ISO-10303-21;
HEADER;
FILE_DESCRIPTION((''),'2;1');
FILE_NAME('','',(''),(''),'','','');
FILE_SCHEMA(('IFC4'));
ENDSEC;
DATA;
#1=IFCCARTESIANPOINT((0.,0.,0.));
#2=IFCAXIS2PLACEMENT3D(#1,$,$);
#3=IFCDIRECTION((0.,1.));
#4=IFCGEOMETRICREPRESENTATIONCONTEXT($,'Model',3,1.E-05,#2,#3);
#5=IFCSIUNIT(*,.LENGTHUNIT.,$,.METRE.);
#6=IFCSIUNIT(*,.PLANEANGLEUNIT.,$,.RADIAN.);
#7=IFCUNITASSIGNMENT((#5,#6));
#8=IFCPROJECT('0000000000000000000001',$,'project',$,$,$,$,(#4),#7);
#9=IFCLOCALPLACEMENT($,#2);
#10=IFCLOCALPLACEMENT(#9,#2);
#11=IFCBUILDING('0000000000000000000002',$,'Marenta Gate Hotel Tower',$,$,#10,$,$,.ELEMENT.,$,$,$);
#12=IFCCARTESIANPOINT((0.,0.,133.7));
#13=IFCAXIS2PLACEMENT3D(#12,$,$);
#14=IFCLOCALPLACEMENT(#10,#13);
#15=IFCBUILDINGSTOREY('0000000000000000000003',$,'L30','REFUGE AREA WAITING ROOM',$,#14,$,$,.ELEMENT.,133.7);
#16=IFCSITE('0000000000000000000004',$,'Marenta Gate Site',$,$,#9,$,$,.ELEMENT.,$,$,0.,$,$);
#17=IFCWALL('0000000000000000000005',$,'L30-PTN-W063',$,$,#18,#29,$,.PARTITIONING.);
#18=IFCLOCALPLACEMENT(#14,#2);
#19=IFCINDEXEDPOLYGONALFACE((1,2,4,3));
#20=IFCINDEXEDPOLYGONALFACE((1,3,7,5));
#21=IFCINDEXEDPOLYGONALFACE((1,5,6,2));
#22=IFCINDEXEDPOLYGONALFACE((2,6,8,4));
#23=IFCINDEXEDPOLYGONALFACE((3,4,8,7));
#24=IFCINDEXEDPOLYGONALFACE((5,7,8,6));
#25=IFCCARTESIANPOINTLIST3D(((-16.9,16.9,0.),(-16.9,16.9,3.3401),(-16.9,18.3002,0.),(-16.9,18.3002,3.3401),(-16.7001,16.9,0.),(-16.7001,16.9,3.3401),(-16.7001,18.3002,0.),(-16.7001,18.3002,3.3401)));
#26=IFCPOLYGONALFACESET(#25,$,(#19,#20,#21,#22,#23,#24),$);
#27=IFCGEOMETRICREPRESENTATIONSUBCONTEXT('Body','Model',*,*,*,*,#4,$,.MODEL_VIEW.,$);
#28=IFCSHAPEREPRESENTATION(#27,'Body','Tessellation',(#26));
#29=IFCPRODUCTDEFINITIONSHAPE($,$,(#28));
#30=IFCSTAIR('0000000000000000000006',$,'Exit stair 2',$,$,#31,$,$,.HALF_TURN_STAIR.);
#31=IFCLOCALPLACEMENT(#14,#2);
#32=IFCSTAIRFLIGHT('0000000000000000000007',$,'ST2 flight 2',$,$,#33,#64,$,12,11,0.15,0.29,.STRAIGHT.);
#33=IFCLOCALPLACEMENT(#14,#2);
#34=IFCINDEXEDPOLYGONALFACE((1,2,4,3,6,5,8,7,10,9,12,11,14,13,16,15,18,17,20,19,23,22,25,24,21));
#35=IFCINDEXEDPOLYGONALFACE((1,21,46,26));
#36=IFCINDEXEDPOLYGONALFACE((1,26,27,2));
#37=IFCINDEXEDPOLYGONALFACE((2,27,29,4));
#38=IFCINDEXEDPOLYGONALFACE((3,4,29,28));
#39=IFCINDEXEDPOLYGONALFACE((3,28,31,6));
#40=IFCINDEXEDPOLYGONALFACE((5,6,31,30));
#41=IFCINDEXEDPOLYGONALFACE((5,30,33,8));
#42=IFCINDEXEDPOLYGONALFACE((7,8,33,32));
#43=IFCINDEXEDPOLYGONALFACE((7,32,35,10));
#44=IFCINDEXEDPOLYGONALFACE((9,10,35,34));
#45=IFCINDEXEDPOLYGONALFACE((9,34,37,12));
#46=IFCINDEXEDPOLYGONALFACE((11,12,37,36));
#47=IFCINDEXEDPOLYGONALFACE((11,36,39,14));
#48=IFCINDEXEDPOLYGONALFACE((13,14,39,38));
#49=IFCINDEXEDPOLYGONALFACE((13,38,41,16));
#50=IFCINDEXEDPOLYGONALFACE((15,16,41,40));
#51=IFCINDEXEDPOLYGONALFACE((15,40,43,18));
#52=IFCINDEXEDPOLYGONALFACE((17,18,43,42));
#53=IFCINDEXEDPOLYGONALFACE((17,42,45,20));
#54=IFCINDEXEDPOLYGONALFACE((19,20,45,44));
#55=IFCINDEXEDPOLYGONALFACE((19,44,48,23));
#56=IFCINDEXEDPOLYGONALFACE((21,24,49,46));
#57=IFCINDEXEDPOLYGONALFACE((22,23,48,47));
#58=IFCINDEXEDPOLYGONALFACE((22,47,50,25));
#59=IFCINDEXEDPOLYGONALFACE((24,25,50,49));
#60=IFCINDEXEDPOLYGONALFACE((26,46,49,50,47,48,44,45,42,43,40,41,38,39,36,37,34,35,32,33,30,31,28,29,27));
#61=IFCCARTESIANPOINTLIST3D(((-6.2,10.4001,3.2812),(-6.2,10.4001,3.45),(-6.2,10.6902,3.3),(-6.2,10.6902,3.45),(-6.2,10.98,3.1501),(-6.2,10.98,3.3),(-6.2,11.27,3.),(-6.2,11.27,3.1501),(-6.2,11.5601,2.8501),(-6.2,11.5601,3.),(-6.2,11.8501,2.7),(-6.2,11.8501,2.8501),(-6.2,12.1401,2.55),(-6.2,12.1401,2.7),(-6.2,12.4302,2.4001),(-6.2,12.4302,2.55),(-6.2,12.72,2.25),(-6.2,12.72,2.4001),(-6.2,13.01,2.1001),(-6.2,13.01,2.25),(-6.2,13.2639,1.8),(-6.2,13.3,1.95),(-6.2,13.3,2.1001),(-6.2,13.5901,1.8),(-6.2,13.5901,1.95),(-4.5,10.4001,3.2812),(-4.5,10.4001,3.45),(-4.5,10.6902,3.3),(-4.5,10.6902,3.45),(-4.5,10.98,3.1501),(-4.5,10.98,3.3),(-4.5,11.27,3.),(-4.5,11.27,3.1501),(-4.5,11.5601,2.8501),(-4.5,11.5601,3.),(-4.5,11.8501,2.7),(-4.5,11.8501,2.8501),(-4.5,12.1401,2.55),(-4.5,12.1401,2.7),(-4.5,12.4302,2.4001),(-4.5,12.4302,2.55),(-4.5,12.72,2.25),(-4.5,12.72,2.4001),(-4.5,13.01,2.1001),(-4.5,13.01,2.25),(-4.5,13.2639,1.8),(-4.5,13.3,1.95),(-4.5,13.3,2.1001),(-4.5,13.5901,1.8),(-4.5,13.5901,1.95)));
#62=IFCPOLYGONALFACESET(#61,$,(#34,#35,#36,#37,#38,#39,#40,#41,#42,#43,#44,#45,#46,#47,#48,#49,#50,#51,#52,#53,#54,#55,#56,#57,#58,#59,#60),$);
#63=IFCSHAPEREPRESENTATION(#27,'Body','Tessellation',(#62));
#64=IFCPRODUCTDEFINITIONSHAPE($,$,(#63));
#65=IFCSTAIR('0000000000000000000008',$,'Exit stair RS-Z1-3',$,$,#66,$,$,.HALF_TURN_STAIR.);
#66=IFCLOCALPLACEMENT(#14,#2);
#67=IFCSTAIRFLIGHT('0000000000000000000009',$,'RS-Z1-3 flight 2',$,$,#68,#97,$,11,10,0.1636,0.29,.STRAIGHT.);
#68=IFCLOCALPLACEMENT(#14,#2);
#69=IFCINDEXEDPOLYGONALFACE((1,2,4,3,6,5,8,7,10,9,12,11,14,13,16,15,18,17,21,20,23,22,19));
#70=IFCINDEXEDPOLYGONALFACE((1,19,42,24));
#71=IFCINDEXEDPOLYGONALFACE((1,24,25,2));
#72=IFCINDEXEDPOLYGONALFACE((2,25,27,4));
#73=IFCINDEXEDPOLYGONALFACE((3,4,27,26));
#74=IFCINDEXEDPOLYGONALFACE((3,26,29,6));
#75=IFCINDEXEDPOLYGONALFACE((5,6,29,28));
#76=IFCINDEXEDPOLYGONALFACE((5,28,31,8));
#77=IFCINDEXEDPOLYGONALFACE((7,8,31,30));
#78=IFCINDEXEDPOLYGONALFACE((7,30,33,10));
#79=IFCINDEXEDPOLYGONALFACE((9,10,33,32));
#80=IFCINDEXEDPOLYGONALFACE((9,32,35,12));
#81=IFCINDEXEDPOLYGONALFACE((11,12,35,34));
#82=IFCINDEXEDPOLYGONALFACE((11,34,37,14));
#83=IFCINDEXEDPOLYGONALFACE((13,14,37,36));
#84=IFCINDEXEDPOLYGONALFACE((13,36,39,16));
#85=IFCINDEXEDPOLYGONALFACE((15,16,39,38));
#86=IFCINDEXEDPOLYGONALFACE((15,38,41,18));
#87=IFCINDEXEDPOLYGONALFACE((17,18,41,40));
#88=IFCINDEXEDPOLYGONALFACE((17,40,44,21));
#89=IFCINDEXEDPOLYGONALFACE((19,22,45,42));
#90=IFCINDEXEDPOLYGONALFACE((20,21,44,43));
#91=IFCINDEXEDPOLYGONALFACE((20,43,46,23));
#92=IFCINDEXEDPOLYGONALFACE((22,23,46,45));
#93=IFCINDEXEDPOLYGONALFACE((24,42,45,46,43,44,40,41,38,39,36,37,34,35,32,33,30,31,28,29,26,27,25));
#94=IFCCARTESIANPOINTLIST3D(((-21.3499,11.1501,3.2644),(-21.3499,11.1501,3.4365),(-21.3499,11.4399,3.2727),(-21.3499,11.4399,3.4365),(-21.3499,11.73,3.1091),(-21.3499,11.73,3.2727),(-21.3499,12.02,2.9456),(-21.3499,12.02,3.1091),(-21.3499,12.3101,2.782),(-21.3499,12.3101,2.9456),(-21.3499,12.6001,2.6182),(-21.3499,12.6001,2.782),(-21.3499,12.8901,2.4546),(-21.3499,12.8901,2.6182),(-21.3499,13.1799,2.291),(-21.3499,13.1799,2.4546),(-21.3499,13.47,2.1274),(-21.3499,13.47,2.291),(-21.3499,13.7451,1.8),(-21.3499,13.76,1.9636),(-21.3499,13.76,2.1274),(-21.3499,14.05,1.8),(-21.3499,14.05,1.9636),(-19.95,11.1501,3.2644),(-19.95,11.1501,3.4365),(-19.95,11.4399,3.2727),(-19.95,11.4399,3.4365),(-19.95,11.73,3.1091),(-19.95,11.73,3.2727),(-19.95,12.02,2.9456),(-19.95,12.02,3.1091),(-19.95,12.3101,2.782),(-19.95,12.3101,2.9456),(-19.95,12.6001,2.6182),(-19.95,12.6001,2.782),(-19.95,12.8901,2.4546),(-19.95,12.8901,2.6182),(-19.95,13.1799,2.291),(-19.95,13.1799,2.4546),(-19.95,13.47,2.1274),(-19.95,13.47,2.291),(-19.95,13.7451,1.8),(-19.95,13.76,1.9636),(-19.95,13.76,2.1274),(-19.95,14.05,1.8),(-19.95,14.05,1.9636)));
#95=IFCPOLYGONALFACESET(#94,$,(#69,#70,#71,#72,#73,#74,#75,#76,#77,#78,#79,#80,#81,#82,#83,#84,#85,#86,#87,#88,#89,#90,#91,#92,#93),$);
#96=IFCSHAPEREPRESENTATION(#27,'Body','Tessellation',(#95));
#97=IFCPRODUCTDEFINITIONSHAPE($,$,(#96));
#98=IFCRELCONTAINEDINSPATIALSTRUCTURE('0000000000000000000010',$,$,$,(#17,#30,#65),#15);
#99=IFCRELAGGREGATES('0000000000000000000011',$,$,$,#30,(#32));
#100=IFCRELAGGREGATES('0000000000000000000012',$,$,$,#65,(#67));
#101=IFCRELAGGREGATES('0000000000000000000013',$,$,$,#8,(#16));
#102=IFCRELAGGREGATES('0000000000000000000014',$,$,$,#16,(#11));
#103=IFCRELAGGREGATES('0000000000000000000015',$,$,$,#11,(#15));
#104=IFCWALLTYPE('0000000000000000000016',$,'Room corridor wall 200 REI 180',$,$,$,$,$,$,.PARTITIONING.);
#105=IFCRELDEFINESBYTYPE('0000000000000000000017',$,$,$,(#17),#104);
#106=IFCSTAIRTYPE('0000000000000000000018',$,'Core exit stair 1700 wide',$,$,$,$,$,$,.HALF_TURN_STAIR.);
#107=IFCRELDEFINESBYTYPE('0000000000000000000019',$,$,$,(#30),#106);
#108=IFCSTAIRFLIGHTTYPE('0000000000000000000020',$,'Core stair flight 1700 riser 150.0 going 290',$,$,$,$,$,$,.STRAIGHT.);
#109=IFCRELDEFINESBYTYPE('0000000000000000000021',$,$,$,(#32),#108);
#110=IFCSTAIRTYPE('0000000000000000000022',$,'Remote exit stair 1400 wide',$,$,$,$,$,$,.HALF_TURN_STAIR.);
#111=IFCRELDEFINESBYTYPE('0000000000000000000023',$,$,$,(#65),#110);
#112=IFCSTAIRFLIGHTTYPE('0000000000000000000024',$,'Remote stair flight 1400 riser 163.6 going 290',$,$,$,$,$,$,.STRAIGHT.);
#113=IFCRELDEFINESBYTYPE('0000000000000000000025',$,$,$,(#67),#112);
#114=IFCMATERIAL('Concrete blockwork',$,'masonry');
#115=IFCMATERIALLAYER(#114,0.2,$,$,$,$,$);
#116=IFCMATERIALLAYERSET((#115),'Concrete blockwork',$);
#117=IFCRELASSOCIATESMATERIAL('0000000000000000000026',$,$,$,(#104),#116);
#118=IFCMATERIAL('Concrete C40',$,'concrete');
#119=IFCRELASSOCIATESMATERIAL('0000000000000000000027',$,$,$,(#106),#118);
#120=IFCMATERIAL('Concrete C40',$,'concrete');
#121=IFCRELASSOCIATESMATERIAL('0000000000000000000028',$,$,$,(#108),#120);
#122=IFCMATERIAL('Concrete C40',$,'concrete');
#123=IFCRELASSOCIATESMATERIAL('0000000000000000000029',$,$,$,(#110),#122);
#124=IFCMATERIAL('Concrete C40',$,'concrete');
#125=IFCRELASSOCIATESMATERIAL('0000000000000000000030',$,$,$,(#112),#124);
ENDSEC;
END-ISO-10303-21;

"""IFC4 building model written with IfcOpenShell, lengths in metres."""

from ifc_helpers import new_model, si_unit, direction, frame, frame_2d, origin, place, context, subcontext, project, spatial, polyline, rectangle, outline, extrude, material, layer, layer_set, type_object, element, aggregate, save


model = new_model("IFC4")

# Units and contexts
model_context = context("Model", 3, precision=1e-05, world=origin(), true_north=direction((0.0, 1.0)))
body_context = subcontext(model_context, "Body", "Model", "MODEL_VIEW")
ifc_project = project(units=[si_unit("LENGTHUNIT", "METRE"), si_unit("PLANEANGLEUNIT", "RADIAN")], contexts=[model_context])

# Site, building, storey
site_placement = place(None, origin())
site = spatial("IfcSite", under=ifc_project, at=site_placement, Name="Marenta Gate Site", CompositionType="ELEMENT", RefElevation=0.0)
building_placement = place(site_placement, origin())
building = spatial("IfcBuilding", under=site, at=building_placement, Name="Marenta Gate Hotel Tower", CompositionType="ELEMENT")
storey_placement = place(building_placement, frame((0.0, 0.0, 133.7)))
storey = spatial("IfcBuildingStorey", under=building, at=storey_placement, Name="L30", Description="REFUGE AREA WAITING ROOM", CompositionType="ELEMENT", Elevation=133.7)

# Wall
ifc_material_1 = material(Name="Concrete blockwork", Category="masonry")
ifc_layer_1 = layer(ifc_material_1, 0.2)
ifc_layer_set_1 = layer_set([ifc_layer_1], Name="Concrete blockwork")
wall_type_1 = type_object("IfcWallType", Name="Room corridor wall 200 REI 180", PredefinedType="PARTITIONING", material=ifc_layer_set_1)
wall_1_placement = place(storey_placement, frame((-16.8, 16.8999, 0.0), z_axis=(0.0, 0.0, 1.0), x_axis=(0.0, 1.0, 0.0)))
element("IfcWall", 1, at=wall_1_placement, inside=storey, type_object=wall_type_1, Name="L30-PTN-W063", PredefinedType="PARTITIONING", context=body_context, shape_type="SweptSolid", body=[
    extrude(rectangle(XDim=1.4001, YDim=0.2, at=frame_2d((0.7002, 0.0))), origin(), (0.0, 0.0, 1.0), 3.3401),
])

# Stairs, stair flights
ifc_material_2 = material(Name="Concrete C40", Category="concrete")
stair_type_1 = type_object("IfcStairType", Name="Core exit stair 1700 wide", PredefinedType="HALF_TURN_STAIR", material=ifc_material_2)
stair_1_placement = place(storey_placement, origin())
stair_1 = element("IfcStair", 2, at=stair_1_placement, inside=storey, type_object=stair_type_1, Name="Exit stair 2", PredefinedType="HALF_TURN_STAIR")
ifc_material_3 = material(Name="Concrete C40", Category="concrete")
stair_flight_type_1 = type_object("IfcStairFlightType", Name="Core stair flight 1700 riser 150.0 going 290", PredefinedType="STRAIGHT", material=ifc_material_3)
stair_flight_1_placement = place(storey_placement, frame((-5.3501, 13.5901, 1.8), z_axis=(0.0, 0.0, 1.0), x_axis=(0.0, -1.0, 0.0)))
stair_flight_1 = element("IfcStairFlight", 3, at=stair_flight_1_placement, type_object=stair_flight_type_1, Name="ST2 flight 2", NumberOfRisers=12, NumberOfTreads=11, PredefinedType="STRAIGHT", RiserHeight=0.15, TreadLength=0.29, context=body_context, shape_type="SweptSolid", body=[
    extrude(outline(polyline([(0.0, 0.0), (0.0, 0.1499), (0.29, 0.1499), (0.29, 0.3), (0.5801, 0.3), (0.5801, 0.45), (0.8701, 0.45), (0.8701, 0.6001), (1.1599, 0.6001), (1.1599, 0.75), (1.45, 0.75), (1.45, 0.8999), (1.74, 0.8999), (1.74, 1.05), (2.03, 1.05), (2.03, 1.2), (2.3201, 1.2), (2.3201, 1.3501), (2.6101, 1.3501), (2.6101, 1.5), (2.8999, 1.5), (2.8999, 1.6499), (3.1899, 1.6499), (3.1899, 1.8), (3.1899, 1.4812), (0.3262, 0.0), (0.0, 0.0)])), frame((0.0, 0.8501, 0.0), z_axis=(0.0, -1.0, 0.0), x_axis=(1.0, 0.0, 0.0)), (0.0, 0.0, 1.0), 1.7),
])
aggregate(stair_1, [stair_flight_1])
ifc_material_4 = material(Name="Concrete C40", Category="concrete")
stair_type_2 = type_object("IfcStairType", Name="Remote exit stair 1400 wide", PredefinedType="HALF_TURN_STAIR", material=ifc_material_4)
stair_2_placement = place(storey_placement, origin())
stair_2 = element("IfcStair", 4, at=stair_2_placement, inside=storey, type_object=stair_type_2, Name="Exit stair RS-Z1-3", PredefinedType="HALF_TURN_STAIR")
ifc_material_5 = material(Name="Concrete C40", Category="concrete")
stair_flight_type_2 = type_object("IfcStairFlightType", Name="Remote stair flight 1400 riser 163.6 going 290", PredefinedType="STRAIGHT", material=ifc_material_5)
stair_flight_2_placement = place(storey_placement, frame((-20.6499, 14.05, 1.8), z_axis=(0.0, 0.0, 1.0), x_axis=(0.0, -1.0, 0.0)))
stair_flight_2 = element("IfcStairFlight", 5, at=stair_flight_2_placement, type_object=stair_flight_type_2, Name="RS-Z1-3 flight 2", NumberOfRisers=11, NumberOfTreads=10, PredefinedType="STRAIGHT", RiserHeight=0.1636, TreadLength=0.29, context=body_context, shape_type="SweptSolid", body=[
    extrude(outline(polyline([(0.0, 0.0), (0.0, 0.1636), (0.29, 0.1636), (0.29, 0.3274), (0.5801, 0.3274), (0.5801, 0.491), (0.8701, 0.491), (0.8701, 0.6545), (1.1599, 0.6545), (1.1599, 0.8181), (1.45, 0.8181), (1.45, 0.9819), (1.74, 0.9819), (1.74, 1.1455), (2.03, 1.1455), (2.03, 1.3091), (2.3201, 1.3091), (2.3201, 1.4727), (2.6101, 1.4727), (2.6101, 1.6365), (2.8999, 1.6365), (2.8999, 1.8), (2.8999, 1.4644), (0.3049, 0.0), (0.0, 0.0)])), frame((0.0, 0.7, 0.0), z_axis=(0.0, -1.0, 0.0), x_axis=(1.0, 0.0, 0.0)), (0.0, 0.0, 1.0), 1.3999),
])
aggregate(stair_2, [stair_flight_2])

save(model, "model.ifc")
